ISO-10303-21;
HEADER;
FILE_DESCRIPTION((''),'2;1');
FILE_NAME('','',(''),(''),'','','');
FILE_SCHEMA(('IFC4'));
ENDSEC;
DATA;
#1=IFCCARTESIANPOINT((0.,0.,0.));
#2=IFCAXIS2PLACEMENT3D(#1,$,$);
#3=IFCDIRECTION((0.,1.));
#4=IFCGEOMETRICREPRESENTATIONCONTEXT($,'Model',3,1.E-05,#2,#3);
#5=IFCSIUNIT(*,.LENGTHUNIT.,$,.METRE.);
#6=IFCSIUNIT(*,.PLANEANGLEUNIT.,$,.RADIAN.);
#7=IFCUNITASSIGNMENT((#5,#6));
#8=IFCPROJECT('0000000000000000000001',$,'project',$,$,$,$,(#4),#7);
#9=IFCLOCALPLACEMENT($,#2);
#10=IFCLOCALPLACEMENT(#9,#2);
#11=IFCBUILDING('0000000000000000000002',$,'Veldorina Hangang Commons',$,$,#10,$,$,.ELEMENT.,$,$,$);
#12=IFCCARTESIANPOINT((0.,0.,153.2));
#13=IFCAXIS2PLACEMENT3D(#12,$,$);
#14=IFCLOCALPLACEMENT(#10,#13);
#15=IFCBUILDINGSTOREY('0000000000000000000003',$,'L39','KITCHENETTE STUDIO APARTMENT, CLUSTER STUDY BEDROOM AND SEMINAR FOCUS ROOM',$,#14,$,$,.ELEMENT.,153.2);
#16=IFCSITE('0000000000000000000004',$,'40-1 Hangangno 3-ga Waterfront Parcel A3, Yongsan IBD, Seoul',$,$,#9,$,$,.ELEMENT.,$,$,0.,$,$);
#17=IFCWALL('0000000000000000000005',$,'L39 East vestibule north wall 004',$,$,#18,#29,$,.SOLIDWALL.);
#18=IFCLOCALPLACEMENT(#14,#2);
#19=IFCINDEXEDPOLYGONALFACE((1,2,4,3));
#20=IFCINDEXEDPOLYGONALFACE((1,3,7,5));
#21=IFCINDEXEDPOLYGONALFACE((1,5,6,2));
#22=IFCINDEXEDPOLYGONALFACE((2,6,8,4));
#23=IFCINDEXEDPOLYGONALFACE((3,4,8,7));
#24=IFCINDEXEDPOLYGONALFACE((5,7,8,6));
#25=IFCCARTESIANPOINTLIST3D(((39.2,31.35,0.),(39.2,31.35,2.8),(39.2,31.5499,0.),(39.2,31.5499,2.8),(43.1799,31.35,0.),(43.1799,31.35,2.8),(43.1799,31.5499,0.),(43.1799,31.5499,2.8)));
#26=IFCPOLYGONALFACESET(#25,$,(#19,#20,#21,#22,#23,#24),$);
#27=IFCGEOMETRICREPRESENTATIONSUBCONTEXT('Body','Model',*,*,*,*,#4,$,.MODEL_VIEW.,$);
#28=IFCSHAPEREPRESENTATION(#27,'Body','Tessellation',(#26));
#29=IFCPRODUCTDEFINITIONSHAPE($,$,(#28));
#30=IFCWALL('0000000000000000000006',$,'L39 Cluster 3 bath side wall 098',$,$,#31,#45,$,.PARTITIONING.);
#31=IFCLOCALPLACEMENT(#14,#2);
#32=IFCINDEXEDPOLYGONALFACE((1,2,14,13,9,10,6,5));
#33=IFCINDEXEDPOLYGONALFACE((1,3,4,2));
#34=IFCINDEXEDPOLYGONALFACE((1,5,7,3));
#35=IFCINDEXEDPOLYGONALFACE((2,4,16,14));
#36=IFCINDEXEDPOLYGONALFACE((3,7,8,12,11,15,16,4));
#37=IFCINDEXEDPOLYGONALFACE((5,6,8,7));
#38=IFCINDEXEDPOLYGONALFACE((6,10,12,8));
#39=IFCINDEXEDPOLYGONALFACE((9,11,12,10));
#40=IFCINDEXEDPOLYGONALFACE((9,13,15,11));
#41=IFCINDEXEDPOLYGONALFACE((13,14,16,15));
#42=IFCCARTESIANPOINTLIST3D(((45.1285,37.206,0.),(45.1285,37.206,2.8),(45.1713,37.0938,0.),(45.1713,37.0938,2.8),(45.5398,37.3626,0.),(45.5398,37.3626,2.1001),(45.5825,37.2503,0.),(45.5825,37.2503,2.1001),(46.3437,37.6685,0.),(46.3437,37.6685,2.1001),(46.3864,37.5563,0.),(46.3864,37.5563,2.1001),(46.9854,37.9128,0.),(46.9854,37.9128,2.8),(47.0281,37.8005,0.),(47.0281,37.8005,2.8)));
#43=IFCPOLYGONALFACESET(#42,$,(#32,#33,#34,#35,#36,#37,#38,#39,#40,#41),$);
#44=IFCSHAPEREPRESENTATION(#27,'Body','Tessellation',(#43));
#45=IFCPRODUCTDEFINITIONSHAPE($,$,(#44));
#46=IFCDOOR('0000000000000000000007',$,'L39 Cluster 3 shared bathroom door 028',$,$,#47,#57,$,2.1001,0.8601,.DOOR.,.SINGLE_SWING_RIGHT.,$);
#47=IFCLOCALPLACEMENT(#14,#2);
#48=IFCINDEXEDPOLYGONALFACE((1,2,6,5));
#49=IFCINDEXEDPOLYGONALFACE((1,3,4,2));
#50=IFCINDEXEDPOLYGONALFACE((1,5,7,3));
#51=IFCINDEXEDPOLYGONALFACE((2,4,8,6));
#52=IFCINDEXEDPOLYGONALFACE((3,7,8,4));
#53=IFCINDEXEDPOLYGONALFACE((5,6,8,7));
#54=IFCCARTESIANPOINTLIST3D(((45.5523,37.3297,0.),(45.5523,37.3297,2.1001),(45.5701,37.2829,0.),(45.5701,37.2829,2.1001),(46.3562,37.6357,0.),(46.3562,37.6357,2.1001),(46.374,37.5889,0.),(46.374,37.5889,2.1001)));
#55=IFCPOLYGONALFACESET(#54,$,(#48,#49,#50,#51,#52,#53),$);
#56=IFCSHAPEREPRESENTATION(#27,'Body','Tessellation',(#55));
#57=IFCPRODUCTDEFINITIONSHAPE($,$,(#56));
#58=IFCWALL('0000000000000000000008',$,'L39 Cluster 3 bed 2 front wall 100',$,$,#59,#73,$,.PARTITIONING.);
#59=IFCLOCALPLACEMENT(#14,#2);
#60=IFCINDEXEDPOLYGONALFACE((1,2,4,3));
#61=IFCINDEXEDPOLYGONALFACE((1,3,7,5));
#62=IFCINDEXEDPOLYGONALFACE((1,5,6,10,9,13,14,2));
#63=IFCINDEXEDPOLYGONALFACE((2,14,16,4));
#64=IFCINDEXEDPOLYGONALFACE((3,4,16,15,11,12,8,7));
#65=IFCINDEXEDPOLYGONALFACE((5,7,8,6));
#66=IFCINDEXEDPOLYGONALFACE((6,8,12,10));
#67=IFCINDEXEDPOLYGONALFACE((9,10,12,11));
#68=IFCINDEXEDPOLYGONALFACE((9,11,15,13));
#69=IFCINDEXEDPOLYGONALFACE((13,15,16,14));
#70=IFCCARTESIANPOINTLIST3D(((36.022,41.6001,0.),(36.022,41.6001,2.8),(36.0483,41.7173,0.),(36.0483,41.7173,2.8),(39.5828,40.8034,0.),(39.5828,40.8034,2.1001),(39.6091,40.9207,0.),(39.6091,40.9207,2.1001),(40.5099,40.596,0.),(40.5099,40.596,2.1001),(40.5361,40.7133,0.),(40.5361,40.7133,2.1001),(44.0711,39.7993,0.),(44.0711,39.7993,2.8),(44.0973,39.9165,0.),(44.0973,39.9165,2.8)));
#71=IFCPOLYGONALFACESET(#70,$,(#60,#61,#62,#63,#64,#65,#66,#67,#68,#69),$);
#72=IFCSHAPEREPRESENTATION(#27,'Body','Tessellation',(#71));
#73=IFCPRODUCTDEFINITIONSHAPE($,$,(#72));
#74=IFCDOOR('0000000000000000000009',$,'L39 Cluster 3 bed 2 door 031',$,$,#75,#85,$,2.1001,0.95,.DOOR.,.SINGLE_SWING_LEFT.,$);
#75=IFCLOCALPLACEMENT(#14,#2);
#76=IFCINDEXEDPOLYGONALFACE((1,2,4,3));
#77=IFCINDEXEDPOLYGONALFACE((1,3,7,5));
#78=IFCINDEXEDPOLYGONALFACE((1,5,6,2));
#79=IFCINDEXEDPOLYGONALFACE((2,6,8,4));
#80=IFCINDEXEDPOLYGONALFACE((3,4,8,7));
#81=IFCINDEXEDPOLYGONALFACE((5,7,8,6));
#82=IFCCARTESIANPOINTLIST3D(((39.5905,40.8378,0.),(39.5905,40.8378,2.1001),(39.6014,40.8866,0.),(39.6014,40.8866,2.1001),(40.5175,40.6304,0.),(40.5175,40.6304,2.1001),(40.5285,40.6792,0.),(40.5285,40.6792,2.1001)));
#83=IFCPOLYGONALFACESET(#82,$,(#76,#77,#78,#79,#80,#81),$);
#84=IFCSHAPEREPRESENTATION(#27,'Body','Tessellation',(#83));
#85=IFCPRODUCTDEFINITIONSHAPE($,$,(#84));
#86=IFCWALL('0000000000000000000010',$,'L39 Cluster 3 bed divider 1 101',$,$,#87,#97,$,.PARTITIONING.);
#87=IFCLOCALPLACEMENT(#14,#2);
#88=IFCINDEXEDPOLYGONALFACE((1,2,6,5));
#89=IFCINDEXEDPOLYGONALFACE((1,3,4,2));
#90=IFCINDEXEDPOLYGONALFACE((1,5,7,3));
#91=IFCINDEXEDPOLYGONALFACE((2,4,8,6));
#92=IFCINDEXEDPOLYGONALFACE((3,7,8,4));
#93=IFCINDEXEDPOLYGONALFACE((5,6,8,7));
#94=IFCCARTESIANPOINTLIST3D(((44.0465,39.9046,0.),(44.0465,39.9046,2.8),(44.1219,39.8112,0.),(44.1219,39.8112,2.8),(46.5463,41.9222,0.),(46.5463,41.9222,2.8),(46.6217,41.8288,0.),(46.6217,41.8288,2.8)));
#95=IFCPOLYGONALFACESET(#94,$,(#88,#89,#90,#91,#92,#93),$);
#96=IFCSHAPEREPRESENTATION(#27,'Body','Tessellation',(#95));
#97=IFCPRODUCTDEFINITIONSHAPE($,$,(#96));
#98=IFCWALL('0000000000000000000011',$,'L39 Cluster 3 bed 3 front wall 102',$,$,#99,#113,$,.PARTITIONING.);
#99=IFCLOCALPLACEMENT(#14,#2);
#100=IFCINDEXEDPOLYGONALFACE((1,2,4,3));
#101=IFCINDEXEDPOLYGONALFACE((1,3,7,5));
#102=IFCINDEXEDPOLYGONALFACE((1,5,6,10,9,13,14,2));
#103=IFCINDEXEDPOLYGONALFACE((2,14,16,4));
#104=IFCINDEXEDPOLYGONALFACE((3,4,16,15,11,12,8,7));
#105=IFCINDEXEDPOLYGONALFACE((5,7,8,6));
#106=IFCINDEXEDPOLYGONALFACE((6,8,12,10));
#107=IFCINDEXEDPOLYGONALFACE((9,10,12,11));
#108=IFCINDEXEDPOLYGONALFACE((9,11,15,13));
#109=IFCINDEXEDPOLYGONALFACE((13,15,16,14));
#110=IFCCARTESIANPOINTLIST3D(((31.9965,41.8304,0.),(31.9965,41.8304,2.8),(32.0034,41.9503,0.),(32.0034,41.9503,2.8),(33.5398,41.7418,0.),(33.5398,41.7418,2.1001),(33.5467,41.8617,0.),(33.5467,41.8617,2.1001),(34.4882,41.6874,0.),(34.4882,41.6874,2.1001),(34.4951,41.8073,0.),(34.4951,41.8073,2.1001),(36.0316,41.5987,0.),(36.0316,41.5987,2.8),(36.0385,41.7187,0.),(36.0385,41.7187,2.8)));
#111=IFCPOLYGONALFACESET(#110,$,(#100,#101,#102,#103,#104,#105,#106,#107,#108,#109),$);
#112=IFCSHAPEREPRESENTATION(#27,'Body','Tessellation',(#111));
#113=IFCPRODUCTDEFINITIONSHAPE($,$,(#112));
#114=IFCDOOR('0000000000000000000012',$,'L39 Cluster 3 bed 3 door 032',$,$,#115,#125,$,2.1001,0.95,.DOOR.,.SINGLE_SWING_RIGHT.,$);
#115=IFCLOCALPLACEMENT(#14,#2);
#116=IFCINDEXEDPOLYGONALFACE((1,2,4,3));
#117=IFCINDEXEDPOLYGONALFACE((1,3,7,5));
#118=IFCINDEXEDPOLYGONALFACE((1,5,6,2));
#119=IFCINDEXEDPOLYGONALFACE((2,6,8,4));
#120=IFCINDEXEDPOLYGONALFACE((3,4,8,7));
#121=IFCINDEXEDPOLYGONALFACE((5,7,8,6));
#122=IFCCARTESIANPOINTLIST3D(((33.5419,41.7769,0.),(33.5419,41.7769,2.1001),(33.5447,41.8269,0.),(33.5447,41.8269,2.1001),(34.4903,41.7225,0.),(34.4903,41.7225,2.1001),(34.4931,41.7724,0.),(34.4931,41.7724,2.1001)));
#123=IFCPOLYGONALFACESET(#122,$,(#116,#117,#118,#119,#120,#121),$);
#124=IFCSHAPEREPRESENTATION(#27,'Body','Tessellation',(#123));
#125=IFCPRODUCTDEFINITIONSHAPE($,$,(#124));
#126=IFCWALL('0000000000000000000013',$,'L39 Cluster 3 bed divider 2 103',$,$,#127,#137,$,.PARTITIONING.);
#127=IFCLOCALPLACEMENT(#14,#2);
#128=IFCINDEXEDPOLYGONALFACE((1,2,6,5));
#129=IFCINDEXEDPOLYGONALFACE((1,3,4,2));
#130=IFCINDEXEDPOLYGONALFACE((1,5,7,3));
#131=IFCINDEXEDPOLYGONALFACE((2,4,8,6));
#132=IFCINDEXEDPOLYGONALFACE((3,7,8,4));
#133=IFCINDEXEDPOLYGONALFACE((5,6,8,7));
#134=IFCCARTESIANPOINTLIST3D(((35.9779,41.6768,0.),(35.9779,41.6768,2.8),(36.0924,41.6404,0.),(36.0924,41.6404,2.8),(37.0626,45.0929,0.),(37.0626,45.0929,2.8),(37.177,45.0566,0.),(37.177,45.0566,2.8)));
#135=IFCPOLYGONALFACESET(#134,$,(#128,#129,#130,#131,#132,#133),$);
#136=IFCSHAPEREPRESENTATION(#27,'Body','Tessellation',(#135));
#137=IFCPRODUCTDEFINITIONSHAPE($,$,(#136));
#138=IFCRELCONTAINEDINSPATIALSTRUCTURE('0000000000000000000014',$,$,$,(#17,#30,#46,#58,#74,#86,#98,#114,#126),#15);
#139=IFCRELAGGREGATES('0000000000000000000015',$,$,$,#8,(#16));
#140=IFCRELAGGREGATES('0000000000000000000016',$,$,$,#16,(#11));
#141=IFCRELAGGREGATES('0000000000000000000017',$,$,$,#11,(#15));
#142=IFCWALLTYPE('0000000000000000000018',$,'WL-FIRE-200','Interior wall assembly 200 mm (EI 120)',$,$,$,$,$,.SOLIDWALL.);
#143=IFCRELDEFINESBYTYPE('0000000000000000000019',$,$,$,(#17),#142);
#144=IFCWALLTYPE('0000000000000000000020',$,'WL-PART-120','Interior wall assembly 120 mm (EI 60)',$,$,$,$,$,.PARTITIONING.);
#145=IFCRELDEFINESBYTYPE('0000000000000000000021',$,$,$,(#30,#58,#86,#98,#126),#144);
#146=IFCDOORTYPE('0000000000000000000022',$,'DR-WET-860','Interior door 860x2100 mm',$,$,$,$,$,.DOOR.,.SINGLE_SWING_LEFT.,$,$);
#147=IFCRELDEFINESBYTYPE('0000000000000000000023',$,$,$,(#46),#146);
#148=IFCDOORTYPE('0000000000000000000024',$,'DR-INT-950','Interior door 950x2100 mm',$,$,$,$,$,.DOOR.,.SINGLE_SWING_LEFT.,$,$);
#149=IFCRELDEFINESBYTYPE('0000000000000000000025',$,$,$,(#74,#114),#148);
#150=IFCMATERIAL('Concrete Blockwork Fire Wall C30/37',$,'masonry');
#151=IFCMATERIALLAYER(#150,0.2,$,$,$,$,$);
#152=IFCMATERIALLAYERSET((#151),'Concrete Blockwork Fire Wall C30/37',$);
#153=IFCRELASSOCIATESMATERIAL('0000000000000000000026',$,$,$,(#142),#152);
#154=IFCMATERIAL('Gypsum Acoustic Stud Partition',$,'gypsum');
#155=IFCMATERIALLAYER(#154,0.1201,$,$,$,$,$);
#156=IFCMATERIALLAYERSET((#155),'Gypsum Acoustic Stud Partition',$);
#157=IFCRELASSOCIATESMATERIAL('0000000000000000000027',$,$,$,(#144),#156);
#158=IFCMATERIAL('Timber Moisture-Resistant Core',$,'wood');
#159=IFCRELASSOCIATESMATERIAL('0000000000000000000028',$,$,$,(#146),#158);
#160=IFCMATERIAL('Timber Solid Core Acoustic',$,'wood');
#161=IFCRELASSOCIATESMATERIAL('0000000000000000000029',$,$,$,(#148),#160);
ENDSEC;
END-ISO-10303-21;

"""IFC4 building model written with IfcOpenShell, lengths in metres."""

from ifc_helpers import new_model, si_unit, direction, frame, frame_2d, origin, place, context, subcontext, project, spatial, rectangle, extrude, material, layer, layer_set, type_object, element, fill, save


model = new_model("IFC4")

# Units and contexts
model_context = context("Model", 3, precision=1e-05, world=origin(), true_north=direction((0.0, 1.0)))
body_context = subcontext(model_context, "Body", "Model", "MODEL_VIEW")
ifc_project = project(units=[si_unit("LENGTHUNIT", "METRE"), si_unit("PLANEANGLEUNIT", "RADIAN")], contexts=[model_context])

# Site, building, storey
site_placement = place(None, origin())
site = spatial("IfcSite", under=ifc_project, at=site_placement, Name="40-1 Hangangno 3-ga Waterfront Parcel A3, Yongsan IBD, Seoul", CompositionType="ELEMENT", RefElevation=0.0)
building_placement = place(site_placement, origin())
building = spatial("IfcBuilding", under=site, at=building_placement, Name="Veldorina Hangang Commons", CompositionType="ELEMENT")
storey_placement = place(building_placement, frame((0.0, 0.0, 153.2)))
storey = spatial("IfcBuildingStorey", under=building, at=storey_placement, Name="L39", Description="KITCHENETTE STUDIO APARTMENT, CLUSTER STUDY BEDROOM AND SEMINAR FOCUS ROOM", CompositionType="ELEMENT", Elevation=153.2)

# Wall
ifc_material_1 = material(Name="Concrete Blockwork Fire Wall C30/37", Category="masonry")
ifc_layer_1 = layer(ifc_material_1, 0.2)
ifc_layer_set_1 = layer_set([ifc_layer_1], Name="Concrete Blockwork Fire Wall C30/37")
wall_type_1 = type_object("IfcWallType", Name="WL-FIRE-200", Description="Interior wall assembly 200 mm (EI 120)", PredefinedType="SOLIDWALL", material=ifc_layer_set_1)
wall_1_placement = place(storey_placement, frame((39.2, 31.45, 0.0), z_axis=(0.0, 0.0, 1.0), x_axis=(1.0, 0.0, 0.0)))
element("IfcWall", 1, at=wall_1_placement, inside=storey, type_object=wall_type_1, Name="L39 East vestibule north wall 004", PredefinedType="SOLIDWALL", context=body_context, shape_type="SweptSolid", body=[
    extrude(rectangle(XDim=3.98, YDim=0.2, at=frame_2d((1.99, 0.0))), origin(), (0.0, 0.0, 1.0), 2.8),
])

# Walls, openings, doors
ifc_material_2 = material(Name="Gypsum Acoustic Stud Partition", Category="gypsum")
ifc_layer_2 = layer(ifc_material_2, 0.1201)
ifc_layer_set_2 = layer_set([ifc_layer_2], Name="Gypsum Acoustic Stud Partition")
wall_type_2 = type_object("IfcWallType", Name="WL-PART-120", Description="Interior wall assembly 120 mm (EI 60)", PredefinedType="PARTITIONING", material=ifc_layer_set_2)
wall_2_placement = place(storey_placement, frame((45.1499, 37.1499, 0.0), z_axis=(0.0, 0.0, 1.0), x_axis=(0.934591, 0.355724, 0.0)))
wall_2 = element("IfcWall", 2, at=wall_2_placement, inside=storey, type_object=wall_type_2, Name="L39 Cluster 3 bath side wall 098", PredefinedType="PARTITIONING", context=body_context, shape_type="SweptSolid", body=[
    extrude(rectangle(XDim=1.9868, YDim=0.1201, at=frame_2d((0.9934, 0.0))), origin(), (0.0, 0.0, 1.0), 2.8),
])
opening_1_placement = place(wall_2_placement, frame((0.4399, 0.0, 0.0)))
opening_1 = element("IfcOpeningElement", 3, at=opening_1_placement, cuts=wall_2, PredefinedType="OPENING", context=body_context, shape_type="SweptSolid", body=[
    extrude(rectangle(XDim=0.8601, YDim=2.1001, at=frame_2d((0.4302, 1.05))), frame((0.0, 0.0701, 0.0), z_axis=(0.0, -1.0, 0.0), x_axis=(1.0, 0.0, 0.0)), (0.0, 0.0, 1.0), 0.1401),
])
ifc_material_3 = material(Name="Timber Moisture-Resistant Core", Category="wood")
door_type_1 = type_object("IfcDoorType", Name="DR-WET-860", Description="Interior door 860x2100 mm", OperationType="SINGLE_SWING_LEFT", PredefinedType="DOOR", material=ifc_material_3)
door_1_placement = place(opening_1_placement, origin())
door_1 = element("IfcDoor", 4, at=door_1_placement, inside=storey, type_object=door_type_1, Name="L39 Cluster 3 shared bathroom door 028", OperationType="SINGLE_SWING_RIGHT", OverallHeight=2.1001, OverallWidth=0.8601, PredefinedType="DOOR", context=body_context, shape_type="SweptSolid", body=[
    extrude(rectangle(XDim=0.8601, YDim=2.1001, at=frame_2d((0.4302, 1.05))), frame((0.0, 0.0249, 0.0), z_axis=(0.0, -1.0, 0.0), x_axis=(1.0, 0.0, 0.0)), (0.0, 0.0, 1.0), 0.05),
])
fill(opening_1, door_1)
wall_3_placement = place(storey_placement, frame((44.0842, 39.8579, 0.0), z_axis=(0.0, 0.0, 1.0), x_axis=(-0.975875, 0.218328, 0.0)))
wall_3 = element("IfcWall", 5, at=wall_3_placement, inside=storey, type_object=wall_type_2, Name="L39 Cluster 3 bed 2 front wall 100", PredefinedType="PARTITIONING", context=body_context, shape_type="SweptSolid", body=[
    extrude(rectangle(XDim=8.248, YDim=0.1201, at=frame_2d((4.124, 0.0))), origin(), (0.0, 0.0, 1.0), 2.8),
])
opening_2_placement = place(wall_3_placement, frame((3.6492, 0.0, 0.0)))
opening_2 = element("IfcOpeningElement", 6, at=opening_2_placement, cuts=wall_3, PredefinedType="OPENING", context=body_context, shape_type="SweptSolid", body=[
    extrude(rectangle(XDim=0.95, YDim=2.1001, at=frame_2d((0.4751, 1.05))), frame((0.0, 0.0701, 0.0), z_axis=(0.0, -1.0, 0.0), x_axis=(1.0, 0.0, 0.0)), (0.0, 0.0, 1.0), 0.1401),
])
ifc_material_4 = material(Name="Timber Solid Core Acoustic", Category="wood")
door_type_2 = type_object("IfcDoorType", Name="DR-INT-950", Description="Interior door 950x2100 mm", OperationType="SINGLE_SWING_LEFT", PredefinedType="DOOR", material=ifc_material_4)
door_2_placement = place(opening_2_placement, origin())
door_2 = element("IfcDoor", 7, at=door_2_placement, inside=storey, type_object=door_type_2, Name="L39 Cluster 3 bed 2 door 031", OperationType="SINGLE_SWING_LEFT", OverallHeight=2.1001, OverallWidth=0.95, PredefinedType="DOOR", context=body_context, shape_type="SweptSolid", body=[
    extrude(rectangle(XDim=0.95, YDim=2.1001, at=frame_2d((0.4751, 1.05))), frame((0.0, 0.0249, 0.0), z_axis=(0.0, -1.0, 0.0), x_axis=(1.0, 0.0, 0.0)), (0.0, 0.0, 1.0), 0.05),
])
fill(opening_2, door_2)

# Wall
wall_4_placement = place(storey_placement, frame((44.0842, 39.8579, 0.0), z_axis=(0.0, 0.0, 1.0), x_axis=(0.778163, 0.628063, 0.0)))
element("IfcWall", 8, at=wall_4_placement, inside=storey, type_object=wall_type_2, Name="L39 Cluster 3 bed divider 1 101", PredefinedType="PARTITIONING", context=body_context, shape_type="SweptSolid", body=[
    extrude(rectangle(XDim=3.2124, YDim=0.1201, at=frame_2d((1.6062, 0.0))), origin(), (0.0, 0.0, 1.0), 2.8),
])

# Wall, opening, door
wall_5_placement = place(storey_placement, frame((36.0352, 41.6587, 0.0), z_axis=(0.0, 0.0, 1.0), x_axis=(-0.998356, 0.057323, 0.0)))
wall_5 = element("IfcWall", 9, at=wall_5_placement, inside=storey, type_object=wall_type_2, Name="L39 Cluster 3 bed 3 front wall 102", PredefinedType="PARTITIONING", context=body_context, shape_type="SweptSolid", body=[
    extrude(rectangle(XDim=4.0417, YDim=0.1201, at=frame_2d((2.021, 0.0))), origin(), (0.0, 0.0, 1.0), 2.8),
])
opening_3_placement = place(wall_5_placement, frame((1.5459, 0.0, 0.0)))
opening_3 = element("IfcOpeningElement", 10, at=opening_3_placement, cuts=wall_5, PredefinedType="OPENING", context=body_context, shape_type="SweptSolid", body=[
    extrude(rectangle(XDim=0.95, YDim=2.1001, at=frame_2d((0.4751, 1.05))), frame((0.0, 0.0701, 0.0), z_axis=(0.0, -1.0, 0.0), x_axis=(1.0, 0.0, 0.0)), (0.0, 0.0, 1.0), 0.1401),
])
door_3_placement = place(opening_3_placement, origin())
door_3 = element("IfcDoor", 11, at=door_3_placement, inside=storey, type_object=door_type_2, Name="L39 Cluster 3 bed 3 door 032", OperationType="SINGLE_SWING_RIGHT", OverallHeight=2.1001, OverallWidth=0.95, PredefinedType="DOOR", context=body_context, shape_type="SweptSolid", body=[
    extrude(rectangle(XDim=0.95, YDim=2.1001, at=frame_2d((0.4751, 1.05))), frame((0.0, 0.0249, 0.0), z_axis=(0.0, -1.0, 0.0), x_axis=(1.0, 0.0, 0.0)), (0.0, 0.0, 1.0), 0.05),
])
fill(opening_3, door_3)

# Wall
wall_6_placement = place(storey_placement, frame((36.0352, 41.6587, 0.0), z_axis=(0.0, 0.0, 1.0), x_axis=(0.302627, 0.953109, 0.0)))
element("IfcWall", 12, at=wall_6_placement, inside=storey, type_object=wall_type_2, Name="L39 Cluster 3 bed divider 2 103", PredefinedType="PARTITIONING", context=body_context, shape_type="SweptSolid", body=[
    extrude(rectangle(XDim=3.5842, YDim=0.1201, at=frame_2d((1.792, 0.0))), origin(), (0.0, 0.0, 1.0), 2.8),
])

save(model, "model.ifc")
